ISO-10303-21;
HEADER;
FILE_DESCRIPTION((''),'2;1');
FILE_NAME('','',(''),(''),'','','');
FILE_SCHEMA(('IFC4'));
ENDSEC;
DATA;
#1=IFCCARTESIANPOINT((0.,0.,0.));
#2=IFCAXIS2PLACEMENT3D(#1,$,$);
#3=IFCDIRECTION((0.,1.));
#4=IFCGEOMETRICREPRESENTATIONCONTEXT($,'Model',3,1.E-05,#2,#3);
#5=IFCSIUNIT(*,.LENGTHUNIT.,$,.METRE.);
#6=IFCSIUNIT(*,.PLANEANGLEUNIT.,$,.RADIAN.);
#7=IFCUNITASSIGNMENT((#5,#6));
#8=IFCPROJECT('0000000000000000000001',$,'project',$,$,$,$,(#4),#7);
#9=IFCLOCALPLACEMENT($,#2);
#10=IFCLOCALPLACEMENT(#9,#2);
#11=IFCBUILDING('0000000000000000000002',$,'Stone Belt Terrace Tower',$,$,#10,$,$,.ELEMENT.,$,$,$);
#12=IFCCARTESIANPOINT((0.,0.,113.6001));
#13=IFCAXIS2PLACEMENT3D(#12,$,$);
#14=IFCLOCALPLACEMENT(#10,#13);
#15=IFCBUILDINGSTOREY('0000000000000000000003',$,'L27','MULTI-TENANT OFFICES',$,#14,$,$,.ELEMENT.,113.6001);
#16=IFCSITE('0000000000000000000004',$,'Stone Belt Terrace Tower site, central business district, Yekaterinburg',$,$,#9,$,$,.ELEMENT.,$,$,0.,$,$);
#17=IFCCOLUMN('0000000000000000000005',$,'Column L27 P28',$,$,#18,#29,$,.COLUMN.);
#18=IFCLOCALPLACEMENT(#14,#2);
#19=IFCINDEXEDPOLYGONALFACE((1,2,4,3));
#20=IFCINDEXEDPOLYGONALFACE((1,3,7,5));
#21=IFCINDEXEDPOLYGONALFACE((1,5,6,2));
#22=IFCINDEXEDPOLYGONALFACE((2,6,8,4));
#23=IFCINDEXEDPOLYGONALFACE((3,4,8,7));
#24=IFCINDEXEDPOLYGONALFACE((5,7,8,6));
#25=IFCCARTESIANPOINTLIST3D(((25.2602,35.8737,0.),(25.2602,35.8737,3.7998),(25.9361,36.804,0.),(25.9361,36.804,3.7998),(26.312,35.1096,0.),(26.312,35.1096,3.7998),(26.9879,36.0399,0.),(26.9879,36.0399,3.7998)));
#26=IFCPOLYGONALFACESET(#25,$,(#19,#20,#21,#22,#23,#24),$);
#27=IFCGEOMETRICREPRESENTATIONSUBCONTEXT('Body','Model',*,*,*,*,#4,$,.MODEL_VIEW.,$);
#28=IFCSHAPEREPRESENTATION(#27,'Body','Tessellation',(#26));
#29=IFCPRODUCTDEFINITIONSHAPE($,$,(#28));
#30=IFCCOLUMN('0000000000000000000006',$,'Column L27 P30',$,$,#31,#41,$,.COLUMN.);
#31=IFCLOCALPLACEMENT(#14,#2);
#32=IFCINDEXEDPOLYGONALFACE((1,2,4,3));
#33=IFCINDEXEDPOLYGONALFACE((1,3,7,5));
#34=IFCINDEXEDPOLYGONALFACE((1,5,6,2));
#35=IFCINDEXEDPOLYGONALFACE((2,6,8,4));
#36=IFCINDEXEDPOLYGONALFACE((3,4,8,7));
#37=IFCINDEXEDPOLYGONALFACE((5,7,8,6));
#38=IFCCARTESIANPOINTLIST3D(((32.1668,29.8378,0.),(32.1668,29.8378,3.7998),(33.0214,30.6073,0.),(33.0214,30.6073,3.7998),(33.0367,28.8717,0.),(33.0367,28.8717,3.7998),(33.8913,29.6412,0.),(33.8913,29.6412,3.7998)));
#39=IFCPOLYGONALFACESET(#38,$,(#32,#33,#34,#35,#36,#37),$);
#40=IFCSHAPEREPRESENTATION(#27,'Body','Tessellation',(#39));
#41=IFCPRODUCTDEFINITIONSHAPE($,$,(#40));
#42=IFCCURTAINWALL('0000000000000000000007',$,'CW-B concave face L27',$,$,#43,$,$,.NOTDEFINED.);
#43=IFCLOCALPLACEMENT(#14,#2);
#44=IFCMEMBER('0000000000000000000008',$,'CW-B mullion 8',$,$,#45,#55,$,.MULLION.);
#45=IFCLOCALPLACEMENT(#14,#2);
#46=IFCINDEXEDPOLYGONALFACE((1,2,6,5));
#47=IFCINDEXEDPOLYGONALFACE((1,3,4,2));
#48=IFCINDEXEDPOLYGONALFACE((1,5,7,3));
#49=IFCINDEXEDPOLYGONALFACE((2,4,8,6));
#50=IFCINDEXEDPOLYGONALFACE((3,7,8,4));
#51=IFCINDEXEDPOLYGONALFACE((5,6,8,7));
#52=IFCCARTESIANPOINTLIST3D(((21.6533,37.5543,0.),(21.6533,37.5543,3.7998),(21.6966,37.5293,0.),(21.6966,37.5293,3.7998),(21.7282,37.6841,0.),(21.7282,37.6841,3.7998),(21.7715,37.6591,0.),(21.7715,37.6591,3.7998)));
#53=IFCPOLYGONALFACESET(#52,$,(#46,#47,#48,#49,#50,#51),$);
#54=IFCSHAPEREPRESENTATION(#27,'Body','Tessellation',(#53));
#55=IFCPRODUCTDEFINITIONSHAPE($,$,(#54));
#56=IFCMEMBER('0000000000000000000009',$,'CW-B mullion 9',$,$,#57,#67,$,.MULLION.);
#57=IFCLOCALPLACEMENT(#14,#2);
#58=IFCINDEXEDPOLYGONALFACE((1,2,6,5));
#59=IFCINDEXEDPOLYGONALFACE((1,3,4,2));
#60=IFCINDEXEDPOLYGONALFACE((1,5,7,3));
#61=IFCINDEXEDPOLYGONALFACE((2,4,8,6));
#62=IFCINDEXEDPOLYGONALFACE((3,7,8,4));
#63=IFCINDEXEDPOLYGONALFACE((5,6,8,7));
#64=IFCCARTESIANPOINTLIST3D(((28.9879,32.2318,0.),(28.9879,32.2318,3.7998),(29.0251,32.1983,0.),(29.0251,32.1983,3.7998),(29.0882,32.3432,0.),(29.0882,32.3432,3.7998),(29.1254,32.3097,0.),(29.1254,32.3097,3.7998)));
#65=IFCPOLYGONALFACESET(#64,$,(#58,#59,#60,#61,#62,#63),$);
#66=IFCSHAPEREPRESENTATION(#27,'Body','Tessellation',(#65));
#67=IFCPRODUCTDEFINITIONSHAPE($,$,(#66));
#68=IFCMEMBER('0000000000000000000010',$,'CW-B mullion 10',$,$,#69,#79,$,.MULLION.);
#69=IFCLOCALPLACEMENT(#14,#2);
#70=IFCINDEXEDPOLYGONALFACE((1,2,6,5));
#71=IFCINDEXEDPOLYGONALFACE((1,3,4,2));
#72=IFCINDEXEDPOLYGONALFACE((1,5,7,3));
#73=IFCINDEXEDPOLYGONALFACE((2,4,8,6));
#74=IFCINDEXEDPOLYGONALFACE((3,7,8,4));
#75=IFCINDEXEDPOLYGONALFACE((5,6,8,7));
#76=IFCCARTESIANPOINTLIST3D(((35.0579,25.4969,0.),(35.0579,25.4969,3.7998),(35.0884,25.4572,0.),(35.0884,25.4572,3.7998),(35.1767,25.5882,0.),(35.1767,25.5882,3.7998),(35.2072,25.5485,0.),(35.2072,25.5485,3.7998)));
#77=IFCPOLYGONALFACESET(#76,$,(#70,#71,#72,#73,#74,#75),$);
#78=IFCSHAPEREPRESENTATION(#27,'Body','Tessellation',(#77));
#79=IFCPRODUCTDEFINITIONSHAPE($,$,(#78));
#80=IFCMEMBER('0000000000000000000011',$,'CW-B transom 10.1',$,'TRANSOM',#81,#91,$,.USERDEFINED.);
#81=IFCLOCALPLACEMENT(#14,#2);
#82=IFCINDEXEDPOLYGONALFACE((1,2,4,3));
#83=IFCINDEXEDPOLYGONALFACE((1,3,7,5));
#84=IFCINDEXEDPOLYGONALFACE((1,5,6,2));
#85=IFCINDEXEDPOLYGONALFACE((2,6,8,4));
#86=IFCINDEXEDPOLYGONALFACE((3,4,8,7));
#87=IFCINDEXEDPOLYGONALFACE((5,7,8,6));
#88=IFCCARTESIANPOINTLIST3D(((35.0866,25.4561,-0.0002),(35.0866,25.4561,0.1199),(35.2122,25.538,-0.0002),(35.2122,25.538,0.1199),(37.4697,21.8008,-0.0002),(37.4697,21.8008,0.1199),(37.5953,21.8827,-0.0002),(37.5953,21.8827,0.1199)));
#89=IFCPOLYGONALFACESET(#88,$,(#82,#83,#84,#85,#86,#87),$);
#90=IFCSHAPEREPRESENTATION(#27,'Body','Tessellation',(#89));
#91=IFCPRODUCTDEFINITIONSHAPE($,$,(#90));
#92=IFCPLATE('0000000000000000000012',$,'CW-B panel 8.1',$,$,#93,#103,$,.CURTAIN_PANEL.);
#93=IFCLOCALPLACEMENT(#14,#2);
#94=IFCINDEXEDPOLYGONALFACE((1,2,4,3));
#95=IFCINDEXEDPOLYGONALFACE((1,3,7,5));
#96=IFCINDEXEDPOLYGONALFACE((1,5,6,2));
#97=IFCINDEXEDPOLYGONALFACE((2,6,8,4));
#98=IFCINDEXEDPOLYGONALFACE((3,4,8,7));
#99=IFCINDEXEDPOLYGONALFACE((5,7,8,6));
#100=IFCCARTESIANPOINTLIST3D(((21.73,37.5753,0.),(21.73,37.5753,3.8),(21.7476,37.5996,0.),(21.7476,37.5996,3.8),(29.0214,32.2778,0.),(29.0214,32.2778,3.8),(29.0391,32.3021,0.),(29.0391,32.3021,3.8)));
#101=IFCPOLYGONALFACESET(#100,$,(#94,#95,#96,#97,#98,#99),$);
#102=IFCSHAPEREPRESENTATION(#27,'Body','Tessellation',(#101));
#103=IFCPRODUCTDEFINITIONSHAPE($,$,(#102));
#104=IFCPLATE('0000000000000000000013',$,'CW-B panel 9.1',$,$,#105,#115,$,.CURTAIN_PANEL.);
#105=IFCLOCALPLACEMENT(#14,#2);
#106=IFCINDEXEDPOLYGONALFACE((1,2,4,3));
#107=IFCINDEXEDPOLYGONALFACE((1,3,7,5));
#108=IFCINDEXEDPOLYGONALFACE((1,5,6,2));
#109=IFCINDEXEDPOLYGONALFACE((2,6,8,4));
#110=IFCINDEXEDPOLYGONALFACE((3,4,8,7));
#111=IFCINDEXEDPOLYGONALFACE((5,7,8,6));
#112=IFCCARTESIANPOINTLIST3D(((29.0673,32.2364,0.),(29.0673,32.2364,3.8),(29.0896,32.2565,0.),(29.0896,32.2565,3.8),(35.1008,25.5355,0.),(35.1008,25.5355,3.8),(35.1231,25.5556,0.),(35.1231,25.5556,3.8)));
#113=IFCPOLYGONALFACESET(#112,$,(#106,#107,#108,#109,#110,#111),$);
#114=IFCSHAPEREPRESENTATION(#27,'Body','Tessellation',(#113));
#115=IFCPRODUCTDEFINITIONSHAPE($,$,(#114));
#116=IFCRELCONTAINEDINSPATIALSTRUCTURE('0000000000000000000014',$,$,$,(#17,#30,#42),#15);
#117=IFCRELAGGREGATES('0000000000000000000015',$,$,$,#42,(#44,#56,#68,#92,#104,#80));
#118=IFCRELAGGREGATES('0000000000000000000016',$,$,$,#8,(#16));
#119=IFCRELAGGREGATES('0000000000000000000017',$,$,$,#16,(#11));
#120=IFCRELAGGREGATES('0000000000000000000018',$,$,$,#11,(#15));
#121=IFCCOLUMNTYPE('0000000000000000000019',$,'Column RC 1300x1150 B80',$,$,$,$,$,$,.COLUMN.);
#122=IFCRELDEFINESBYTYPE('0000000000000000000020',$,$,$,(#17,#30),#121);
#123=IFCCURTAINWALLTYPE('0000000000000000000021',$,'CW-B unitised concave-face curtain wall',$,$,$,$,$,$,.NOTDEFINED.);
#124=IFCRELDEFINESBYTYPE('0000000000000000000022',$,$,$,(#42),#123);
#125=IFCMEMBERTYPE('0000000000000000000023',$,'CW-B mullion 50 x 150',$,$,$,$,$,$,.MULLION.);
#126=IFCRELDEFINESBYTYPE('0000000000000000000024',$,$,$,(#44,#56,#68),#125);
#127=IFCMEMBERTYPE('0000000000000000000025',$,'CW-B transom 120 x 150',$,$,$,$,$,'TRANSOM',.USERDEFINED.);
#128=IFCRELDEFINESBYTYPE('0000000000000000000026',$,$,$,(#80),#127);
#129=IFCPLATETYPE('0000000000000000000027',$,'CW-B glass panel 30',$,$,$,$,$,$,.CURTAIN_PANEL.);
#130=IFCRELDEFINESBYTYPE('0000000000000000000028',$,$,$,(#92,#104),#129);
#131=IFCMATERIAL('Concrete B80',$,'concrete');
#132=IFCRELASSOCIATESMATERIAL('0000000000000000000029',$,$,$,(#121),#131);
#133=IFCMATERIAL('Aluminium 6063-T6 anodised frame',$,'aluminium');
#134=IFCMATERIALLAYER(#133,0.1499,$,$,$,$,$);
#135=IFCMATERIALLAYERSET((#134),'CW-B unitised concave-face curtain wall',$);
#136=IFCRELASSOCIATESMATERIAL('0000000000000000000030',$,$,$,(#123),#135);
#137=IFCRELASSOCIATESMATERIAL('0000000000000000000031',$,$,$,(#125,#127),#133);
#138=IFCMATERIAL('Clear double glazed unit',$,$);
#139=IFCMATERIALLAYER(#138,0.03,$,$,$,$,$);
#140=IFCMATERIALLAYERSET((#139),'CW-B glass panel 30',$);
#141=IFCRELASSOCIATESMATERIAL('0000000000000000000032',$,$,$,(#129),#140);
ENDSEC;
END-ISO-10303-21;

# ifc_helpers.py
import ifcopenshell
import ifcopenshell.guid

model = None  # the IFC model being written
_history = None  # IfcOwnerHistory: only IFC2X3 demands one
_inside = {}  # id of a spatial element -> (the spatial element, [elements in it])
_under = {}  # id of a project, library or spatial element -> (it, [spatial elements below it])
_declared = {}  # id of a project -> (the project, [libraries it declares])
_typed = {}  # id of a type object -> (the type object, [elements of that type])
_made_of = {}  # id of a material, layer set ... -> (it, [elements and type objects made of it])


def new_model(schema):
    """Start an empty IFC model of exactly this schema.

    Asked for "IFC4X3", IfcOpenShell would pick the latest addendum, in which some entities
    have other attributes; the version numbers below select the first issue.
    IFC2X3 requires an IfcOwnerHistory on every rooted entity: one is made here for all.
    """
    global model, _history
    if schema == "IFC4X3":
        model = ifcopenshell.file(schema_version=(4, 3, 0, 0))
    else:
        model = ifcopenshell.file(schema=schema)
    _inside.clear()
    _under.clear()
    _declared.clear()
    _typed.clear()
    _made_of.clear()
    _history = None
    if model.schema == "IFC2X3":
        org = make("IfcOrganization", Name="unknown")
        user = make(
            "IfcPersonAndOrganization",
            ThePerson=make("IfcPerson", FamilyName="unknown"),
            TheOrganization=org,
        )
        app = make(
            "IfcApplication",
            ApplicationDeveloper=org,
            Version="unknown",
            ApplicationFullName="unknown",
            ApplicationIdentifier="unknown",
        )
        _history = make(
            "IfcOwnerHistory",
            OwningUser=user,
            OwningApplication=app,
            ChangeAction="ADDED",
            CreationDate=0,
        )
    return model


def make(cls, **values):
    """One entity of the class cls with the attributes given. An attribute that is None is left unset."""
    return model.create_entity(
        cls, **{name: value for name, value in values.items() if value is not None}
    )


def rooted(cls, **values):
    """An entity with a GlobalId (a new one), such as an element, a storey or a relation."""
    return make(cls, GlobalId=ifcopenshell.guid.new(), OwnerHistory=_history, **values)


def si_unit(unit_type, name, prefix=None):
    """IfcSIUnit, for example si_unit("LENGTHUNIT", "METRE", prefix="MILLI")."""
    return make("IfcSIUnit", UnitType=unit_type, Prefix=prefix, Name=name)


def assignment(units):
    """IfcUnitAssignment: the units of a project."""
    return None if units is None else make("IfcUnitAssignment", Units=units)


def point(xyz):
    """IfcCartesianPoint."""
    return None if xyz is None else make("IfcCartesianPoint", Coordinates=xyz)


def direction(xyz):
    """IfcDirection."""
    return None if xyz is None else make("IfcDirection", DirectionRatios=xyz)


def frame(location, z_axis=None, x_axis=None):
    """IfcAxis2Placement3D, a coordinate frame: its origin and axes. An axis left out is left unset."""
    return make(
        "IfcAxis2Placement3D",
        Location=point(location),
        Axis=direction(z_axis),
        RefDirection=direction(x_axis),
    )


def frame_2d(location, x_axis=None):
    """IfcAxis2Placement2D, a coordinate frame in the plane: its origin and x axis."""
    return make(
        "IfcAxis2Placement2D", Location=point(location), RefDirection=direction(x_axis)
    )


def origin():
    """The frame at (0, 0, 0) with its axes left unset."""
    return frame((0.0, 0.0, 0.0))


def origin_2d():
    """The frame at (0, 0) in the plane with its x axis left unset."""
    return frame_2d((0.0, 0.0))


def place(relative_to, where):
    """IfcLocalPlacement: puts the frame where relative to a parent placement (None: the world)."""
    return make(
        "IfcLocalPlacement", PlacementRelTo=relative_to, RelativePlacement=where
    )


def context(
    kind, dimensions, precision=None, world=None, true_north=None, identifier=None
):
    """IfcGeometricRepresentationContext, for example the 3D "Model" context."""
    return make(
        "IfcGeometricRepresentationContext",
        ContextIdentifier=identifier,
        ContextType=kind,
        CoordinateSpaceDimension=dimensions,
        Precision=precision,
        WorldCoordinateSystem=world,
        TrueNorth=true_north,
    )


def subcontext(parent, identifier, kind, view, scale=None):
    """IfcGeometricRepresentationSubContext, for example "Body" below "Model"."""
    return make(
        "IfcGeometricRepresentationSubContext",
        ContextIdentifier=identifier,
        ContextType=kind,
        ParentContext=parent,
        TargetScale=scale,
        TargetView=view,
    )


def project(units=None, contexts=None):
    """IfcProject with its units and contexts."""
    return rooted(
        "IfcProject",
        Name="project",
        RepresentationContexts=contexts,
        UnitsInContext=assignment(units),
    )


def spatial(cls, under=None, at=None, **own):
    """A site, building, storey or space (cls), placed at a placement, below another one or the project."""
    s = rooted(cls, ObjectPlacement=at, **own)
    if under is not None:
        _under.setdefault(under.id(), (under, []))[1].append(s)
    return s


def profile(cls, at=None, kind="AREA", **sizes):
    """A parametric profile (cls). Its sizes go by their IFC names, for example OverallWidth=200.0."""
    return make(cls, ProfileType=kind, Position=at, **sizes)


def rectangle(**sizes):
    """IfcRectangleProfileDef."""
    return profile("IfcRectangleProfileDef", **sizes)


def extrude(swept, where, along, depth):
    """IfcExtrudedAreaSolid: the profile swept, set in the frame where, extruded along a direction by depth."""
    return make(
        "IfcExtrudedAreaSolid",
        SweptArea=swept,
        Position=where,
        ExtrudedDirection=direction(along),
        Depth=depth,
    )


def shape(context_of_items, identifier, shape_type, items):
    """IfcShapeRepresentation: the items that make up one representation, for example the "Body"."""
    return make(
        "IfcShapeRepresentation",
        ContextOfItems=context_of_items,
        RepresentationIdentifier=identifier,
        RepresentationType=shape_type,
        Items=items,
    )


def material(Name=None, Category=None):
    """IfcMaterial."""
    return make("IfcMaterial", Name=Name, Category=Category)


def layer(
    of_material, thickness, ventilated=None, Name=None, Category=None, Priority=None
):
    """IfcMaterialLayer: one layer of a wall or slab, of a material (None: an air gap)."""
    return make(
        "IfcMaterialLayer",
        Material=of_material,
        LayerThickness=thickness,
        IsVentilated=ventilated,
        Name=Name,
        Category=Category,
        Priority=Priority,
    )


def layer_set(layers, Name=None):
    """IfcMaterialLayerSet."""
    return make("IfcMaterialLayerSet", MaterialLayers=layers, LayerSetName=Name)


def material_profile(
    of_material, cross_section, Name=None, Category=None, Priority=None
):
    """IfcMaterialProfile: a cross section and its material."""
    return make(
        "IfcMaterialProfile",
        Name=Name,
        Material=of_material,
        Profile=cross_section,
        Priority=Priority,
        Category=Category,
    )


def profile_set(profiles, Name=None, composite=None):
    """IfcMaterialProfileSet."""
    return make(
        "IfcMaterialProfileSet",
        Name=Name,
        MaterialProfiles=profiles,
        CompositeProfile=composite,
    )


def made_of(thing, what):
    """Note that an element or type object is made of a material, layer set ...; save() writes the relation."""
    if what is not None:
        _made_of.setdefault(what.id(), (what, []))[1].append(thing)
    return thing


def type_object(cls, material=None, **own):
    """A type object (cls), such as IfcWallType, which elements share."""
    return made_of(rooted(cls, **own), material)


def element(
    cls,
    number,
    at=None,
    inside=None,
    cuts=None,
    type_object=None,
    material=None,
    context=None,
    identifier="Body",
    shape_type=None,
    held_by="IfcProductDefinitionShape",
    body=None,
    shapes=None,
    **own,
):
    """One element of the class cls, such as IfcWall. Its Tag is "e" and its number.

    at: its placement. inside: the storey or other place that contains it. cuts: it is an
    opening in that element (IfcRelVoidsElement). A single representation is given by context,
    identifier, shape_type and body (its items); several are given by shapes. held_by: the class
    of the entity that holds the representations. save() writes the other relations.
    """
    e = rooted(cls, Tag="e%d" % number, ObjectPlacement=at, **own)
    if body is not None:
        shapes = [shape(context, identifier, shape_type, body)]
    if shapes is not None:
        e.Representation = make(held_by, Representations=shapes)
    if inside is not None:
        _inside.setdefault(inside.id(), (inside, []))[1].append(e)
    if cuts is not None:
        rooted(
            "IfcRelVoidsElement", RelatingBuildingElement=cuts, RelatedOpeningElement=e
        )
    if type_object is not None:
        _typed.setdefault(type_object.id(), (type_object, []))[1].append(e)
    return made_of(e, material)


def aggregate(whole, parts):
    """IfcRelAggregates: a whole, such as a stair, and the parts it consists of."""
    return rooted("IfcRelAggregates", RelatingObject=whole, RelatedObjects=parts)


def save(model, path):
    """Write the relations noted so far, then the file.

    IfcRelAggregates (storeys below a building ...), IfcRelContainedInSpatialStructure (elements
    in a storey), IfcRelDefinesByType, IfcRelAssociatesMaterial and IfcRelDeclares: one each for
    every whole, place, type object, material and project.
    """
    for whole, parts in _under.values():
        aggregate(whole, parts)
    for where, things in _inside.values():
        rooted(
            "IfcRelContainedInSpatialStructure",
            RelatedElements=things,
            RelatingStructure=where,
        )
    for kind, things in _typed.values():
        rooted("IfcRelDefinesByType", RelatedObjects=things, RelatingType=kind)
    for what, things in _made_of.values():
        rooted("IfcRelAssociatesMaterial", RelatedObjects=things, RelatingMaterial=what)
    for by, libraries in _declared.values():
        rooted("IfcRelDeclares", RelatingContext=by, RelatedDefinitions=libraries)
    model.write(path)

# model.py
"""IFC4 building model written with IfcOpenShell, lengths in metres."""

from ifc_helpers import new_model, si_unit, direction, frame, origin, origin_2d, place, context, subcontext, project, spatial, rectangle, extrude, material, layer, layer_set, material_profile, profile_set, type_object, element, aggregate, save


model = new_model("IFC4")

# Units and contexts
model_context = context("Model", 3, precision=1e-05, world=origin(), true_north=direction((0.0, 1.0)))
body_context = subcontext(model_context, "Body", "Model", "MODEL_VIEW")
ifc_project = project(units=[si_unit("LENGTHUNIT", "METRE"), si_unit("PLANEANGLEUNIT", "RADIAN")], contexts=[model_context])

# Site, building, storey
site_placement = place(None, origin())
site = spatial("IfcSite", under=ifc_project, at=site_placement, Name="Stone Belt Terrace Tower site, central business district, Yekaterinburg", CompositionType="ELEMENT", RefElevation=0.0)
building_placement = place(site_placement, origin())
building = spatial("IfcBuilding", under=site, at=building_placement, Name="Stone Belt Terrace Tower", CompositionType="ELEMENT")
storey_placement = place(building_placement, frame((0.0, 0.0, 113.6001)))
storey = spatial("IfcBuildingStorey", under=building, at=storey_placement, Name="L27", Description="MULTI-TENANT OFFICES", CompositionType="ELEMENT", Elevation=113.6001)

# Columns
ifc_material_1 = material(Name="Concrete B80", Category="concrete")
ifc_material_profile_1 = material_profile(ifc_material_1, rectangle(XDim=1.3, YDim=1.1499, at=origin_2d()), Name="RC 1300x1150")
ifc_profile_set_1 = profile_set([ifc_material_profile_1], Name="Concrete B80")
column_type = type_object("IfcColumnType", Name="Column RC 1300x1150 B80", PredefinedType="COLUMN", material=ifc_profile_set_1)
for number, where, z_axis, x_axis, name in (
    (1, (26.124, 35.9568, 0.0), (0.0, 0.0, 1.0), (0.809017, -0.587785, 0.0), "Column L27 P28"),
    (2, (33.0291, 29.7395, 0.0), (0.0, 0.0, 1.0), (0.669131, -0.743145, 0.0), "Column L27 P30"),
):
    element("IfcColumn", number, at=place(storey_placement, frame(where, z_axis=z_axis, x_axis=x_axis)), inside=storey, type_object=column_type, Name=name, PredefinedType="COLUMN", context=body_context, shape_type="SweptSolid", body=[
        extrude(rectangle(XDim=1.3, YDim=1.1499, at=origin_2d()), origin(), (0.0, 0.0, 1.0), 3.7998),
    ])

# Curtain wall, members, plates
ifc_material_2 = material(Name="Aluminium 6063-T6 anodised frame", Category="aluminium")
ifc_layer_1 = layer(ifc_material_2, 0.1499)
ifc_layer_set_1 = layer_set([ifc_layer_1], Name="CW-B unitised concave-face curtain wall")
curtain_wall_type = type_object("IfcCurtainWallType", Name="CW-B unitised concave-face curtain wall", PredefinedType="NOTDEFINED", material=ifc_layer_set_1)
curtain_wall_placement = place(storey_placement, origin())
curtain_wall = element("IfcCurtainWall", 3, at=curtain_wall_placement, inside=storey, type_object=curtain_wall_type, Name="CW-B concave face L27", PredefinedType="NOTDEFINED")
ifc_material_profile_2 = material_profile(ifc_material_2, rectangle(XDim=0.1499, YDim=0.05, at=origin_2d()), Name="Aluminium 6063-T6 50x150")
ifc_profile_set_2 = profile_set([ifc_material_profile_2], Name="Aluminium 6063-T6 anodised frame")
member_type_1 = type_object("IfcMemberType", Name="CW-B mullion 50 x 150", PredefinedType="MULLION", material=ifc_profile_set_2)
member_1_placement = place(storey_placement, frame((21.7124, 37.6067, 0.0), z_axis=(0.0, 0.0, 1.0), x_axis=(0.5, 0.866025, 0.0)))
member_1 = element("IfcMember", 4, at=member_1_placement, type_object=member_type_1, Name="CW-B mullion 8", PredefinedType="MULLION", context=body_context, shape_type="SweptSolid", body=[
    extrude(rectangle(XDim=0.1499, YDim=0.05, at=origin_2d()), origin(), (0.0, 0.0, 1.0), 3.7998),
])
member_2_placement = place(storey_placement, frame((29.0566, 32.2708, 0.0), z_axis=(0.0, 0.0, 1.0), x_axis=(0.669131, 0.743145, 0.0)))
member_2 = element("IfcMember", 5, at=member_2_placement, type_object=member_type_1, Name="CW-B mullion 9", PredefinedType="MULLION", context=body_context, shape_type="SweptSolid", body=[
    extrude(rectangle(XDim=0.1499, YDim=0.05, at=origin_2d()), origin(), (0.0, 0.0, 1.0), 3.7998),
])
member_3_placement = place(storey_placement, frame((35.1326, 25.5227, 0.0), z_axis=(0.0, 0.0, 1.0), x_axis=(0.792811, 0.609468, 0.0)))
member_3 = element("IfcMember", 6, at=member_3_placement, type_object=member_type_1, Name="CW-B mullion 10", PredefinedType="MULLION", context=body_context, shape_type="SweptSolid", body=[
    extrude(rectangle(XDim=0.1499, YDim=0.05, at=origin_2d()), origin(), (0.0, 0.0, 1.0), 3.7998),
])
ifc_material_profile_3 = material_profile(ifc_material_2, rectangle(XDim=0.1499, YDim=0.1201, at=origin_2d()), Name="Aluminium 6063-T6 150x120")
ifc_profile_set_3 = profile_set([ifc_material_profile_3], Name="Aluminium 6063-T6 anodised frame")
member_type_2 = type_object("IfcMemberType", Name="CW-B transom 120 x 150", ElementType="TRANSOM", PredefinedType="USERDEFINED", material=ifc_profile_set_3)
member_4_placement = place(storey_placement, frame((35.1494, 25.4971, 0.0598), z_axis=(0.546136, -0.837696, 0.0), x_axis=(0.837696, 0.546136, 0.0)))
member_4 = element("IfcMember", 7, at=member_4_placement, type_object=member_type_2, Name="CW-B transom 10.1", ObjectType="TRANSOM", PredefinedType="USERDEFINED", context=body_context, shape_type="SweptSolid", body=[
    extrude(rectangle(XDim=0.1499, YDim=0.1201, at=origin_2d()), origin(), (0.0, 0.0, 1.0), 4.3635),
])
ifc_material_3 = material(Name="Clear double glazed unit")
ifc_layer_2 = layer(ifc_material_3, 0.03)
ifc_layer_set_2 = layer_set([ifc_layer_2], Name="CW-B glass panel 30")
plate_type = type_object("IfcPlateType", Name="CW-B glass panel 30", PredefinedType="CURTAIN_PANEL", material=ifc_layer_set_2)
plate_1_placement = place(storey_placement, frame((25.3845, 34.9387, 0.0), z_axis=(0.0, 0.0, 1.0), x_axis=(0.809017, -0.587785, 0.0)))
plate_1 = element("IfcPlate", 8, at=plate_1_placement, type_object=plate_type, Name="CW-B panel 8.1", PredefinedType="CURTAIN_PANEL", context=body_context, shape_type="SweptSolid", body=[
    extrude(rectangle(XDim=9.0127, YDim=0.03, at=origin_2d()), origin(), (0.0, 0.0, 1.0), 3.8),
])
plate_2_placement = place(storey_placement, frame((32.0952, 28.896, 0.0), z_axis=(0.0, 0.0, 1.0), x_axis=(0.669131, -0.743145, 0.0)))
plate_2 = element("IfcPlate", 9, at=plate_2_placement, type_object=plate_type, Name="CW-B panel 9.1", PredefinedType="CURTAIN_PANEL", context=body_context, shape_type="SweptSolid", body=[
    extrude(rectangle(XDim=9.0168, YDim=0.03, at=origin_2d()), origin(), (0.0, 0.0, 1.0), 3.8),
])
aggregate(curtain_wall, [member_1, member_2, member_3, plate_1, plate_2, member_4])

save(model, "model.ifc")
